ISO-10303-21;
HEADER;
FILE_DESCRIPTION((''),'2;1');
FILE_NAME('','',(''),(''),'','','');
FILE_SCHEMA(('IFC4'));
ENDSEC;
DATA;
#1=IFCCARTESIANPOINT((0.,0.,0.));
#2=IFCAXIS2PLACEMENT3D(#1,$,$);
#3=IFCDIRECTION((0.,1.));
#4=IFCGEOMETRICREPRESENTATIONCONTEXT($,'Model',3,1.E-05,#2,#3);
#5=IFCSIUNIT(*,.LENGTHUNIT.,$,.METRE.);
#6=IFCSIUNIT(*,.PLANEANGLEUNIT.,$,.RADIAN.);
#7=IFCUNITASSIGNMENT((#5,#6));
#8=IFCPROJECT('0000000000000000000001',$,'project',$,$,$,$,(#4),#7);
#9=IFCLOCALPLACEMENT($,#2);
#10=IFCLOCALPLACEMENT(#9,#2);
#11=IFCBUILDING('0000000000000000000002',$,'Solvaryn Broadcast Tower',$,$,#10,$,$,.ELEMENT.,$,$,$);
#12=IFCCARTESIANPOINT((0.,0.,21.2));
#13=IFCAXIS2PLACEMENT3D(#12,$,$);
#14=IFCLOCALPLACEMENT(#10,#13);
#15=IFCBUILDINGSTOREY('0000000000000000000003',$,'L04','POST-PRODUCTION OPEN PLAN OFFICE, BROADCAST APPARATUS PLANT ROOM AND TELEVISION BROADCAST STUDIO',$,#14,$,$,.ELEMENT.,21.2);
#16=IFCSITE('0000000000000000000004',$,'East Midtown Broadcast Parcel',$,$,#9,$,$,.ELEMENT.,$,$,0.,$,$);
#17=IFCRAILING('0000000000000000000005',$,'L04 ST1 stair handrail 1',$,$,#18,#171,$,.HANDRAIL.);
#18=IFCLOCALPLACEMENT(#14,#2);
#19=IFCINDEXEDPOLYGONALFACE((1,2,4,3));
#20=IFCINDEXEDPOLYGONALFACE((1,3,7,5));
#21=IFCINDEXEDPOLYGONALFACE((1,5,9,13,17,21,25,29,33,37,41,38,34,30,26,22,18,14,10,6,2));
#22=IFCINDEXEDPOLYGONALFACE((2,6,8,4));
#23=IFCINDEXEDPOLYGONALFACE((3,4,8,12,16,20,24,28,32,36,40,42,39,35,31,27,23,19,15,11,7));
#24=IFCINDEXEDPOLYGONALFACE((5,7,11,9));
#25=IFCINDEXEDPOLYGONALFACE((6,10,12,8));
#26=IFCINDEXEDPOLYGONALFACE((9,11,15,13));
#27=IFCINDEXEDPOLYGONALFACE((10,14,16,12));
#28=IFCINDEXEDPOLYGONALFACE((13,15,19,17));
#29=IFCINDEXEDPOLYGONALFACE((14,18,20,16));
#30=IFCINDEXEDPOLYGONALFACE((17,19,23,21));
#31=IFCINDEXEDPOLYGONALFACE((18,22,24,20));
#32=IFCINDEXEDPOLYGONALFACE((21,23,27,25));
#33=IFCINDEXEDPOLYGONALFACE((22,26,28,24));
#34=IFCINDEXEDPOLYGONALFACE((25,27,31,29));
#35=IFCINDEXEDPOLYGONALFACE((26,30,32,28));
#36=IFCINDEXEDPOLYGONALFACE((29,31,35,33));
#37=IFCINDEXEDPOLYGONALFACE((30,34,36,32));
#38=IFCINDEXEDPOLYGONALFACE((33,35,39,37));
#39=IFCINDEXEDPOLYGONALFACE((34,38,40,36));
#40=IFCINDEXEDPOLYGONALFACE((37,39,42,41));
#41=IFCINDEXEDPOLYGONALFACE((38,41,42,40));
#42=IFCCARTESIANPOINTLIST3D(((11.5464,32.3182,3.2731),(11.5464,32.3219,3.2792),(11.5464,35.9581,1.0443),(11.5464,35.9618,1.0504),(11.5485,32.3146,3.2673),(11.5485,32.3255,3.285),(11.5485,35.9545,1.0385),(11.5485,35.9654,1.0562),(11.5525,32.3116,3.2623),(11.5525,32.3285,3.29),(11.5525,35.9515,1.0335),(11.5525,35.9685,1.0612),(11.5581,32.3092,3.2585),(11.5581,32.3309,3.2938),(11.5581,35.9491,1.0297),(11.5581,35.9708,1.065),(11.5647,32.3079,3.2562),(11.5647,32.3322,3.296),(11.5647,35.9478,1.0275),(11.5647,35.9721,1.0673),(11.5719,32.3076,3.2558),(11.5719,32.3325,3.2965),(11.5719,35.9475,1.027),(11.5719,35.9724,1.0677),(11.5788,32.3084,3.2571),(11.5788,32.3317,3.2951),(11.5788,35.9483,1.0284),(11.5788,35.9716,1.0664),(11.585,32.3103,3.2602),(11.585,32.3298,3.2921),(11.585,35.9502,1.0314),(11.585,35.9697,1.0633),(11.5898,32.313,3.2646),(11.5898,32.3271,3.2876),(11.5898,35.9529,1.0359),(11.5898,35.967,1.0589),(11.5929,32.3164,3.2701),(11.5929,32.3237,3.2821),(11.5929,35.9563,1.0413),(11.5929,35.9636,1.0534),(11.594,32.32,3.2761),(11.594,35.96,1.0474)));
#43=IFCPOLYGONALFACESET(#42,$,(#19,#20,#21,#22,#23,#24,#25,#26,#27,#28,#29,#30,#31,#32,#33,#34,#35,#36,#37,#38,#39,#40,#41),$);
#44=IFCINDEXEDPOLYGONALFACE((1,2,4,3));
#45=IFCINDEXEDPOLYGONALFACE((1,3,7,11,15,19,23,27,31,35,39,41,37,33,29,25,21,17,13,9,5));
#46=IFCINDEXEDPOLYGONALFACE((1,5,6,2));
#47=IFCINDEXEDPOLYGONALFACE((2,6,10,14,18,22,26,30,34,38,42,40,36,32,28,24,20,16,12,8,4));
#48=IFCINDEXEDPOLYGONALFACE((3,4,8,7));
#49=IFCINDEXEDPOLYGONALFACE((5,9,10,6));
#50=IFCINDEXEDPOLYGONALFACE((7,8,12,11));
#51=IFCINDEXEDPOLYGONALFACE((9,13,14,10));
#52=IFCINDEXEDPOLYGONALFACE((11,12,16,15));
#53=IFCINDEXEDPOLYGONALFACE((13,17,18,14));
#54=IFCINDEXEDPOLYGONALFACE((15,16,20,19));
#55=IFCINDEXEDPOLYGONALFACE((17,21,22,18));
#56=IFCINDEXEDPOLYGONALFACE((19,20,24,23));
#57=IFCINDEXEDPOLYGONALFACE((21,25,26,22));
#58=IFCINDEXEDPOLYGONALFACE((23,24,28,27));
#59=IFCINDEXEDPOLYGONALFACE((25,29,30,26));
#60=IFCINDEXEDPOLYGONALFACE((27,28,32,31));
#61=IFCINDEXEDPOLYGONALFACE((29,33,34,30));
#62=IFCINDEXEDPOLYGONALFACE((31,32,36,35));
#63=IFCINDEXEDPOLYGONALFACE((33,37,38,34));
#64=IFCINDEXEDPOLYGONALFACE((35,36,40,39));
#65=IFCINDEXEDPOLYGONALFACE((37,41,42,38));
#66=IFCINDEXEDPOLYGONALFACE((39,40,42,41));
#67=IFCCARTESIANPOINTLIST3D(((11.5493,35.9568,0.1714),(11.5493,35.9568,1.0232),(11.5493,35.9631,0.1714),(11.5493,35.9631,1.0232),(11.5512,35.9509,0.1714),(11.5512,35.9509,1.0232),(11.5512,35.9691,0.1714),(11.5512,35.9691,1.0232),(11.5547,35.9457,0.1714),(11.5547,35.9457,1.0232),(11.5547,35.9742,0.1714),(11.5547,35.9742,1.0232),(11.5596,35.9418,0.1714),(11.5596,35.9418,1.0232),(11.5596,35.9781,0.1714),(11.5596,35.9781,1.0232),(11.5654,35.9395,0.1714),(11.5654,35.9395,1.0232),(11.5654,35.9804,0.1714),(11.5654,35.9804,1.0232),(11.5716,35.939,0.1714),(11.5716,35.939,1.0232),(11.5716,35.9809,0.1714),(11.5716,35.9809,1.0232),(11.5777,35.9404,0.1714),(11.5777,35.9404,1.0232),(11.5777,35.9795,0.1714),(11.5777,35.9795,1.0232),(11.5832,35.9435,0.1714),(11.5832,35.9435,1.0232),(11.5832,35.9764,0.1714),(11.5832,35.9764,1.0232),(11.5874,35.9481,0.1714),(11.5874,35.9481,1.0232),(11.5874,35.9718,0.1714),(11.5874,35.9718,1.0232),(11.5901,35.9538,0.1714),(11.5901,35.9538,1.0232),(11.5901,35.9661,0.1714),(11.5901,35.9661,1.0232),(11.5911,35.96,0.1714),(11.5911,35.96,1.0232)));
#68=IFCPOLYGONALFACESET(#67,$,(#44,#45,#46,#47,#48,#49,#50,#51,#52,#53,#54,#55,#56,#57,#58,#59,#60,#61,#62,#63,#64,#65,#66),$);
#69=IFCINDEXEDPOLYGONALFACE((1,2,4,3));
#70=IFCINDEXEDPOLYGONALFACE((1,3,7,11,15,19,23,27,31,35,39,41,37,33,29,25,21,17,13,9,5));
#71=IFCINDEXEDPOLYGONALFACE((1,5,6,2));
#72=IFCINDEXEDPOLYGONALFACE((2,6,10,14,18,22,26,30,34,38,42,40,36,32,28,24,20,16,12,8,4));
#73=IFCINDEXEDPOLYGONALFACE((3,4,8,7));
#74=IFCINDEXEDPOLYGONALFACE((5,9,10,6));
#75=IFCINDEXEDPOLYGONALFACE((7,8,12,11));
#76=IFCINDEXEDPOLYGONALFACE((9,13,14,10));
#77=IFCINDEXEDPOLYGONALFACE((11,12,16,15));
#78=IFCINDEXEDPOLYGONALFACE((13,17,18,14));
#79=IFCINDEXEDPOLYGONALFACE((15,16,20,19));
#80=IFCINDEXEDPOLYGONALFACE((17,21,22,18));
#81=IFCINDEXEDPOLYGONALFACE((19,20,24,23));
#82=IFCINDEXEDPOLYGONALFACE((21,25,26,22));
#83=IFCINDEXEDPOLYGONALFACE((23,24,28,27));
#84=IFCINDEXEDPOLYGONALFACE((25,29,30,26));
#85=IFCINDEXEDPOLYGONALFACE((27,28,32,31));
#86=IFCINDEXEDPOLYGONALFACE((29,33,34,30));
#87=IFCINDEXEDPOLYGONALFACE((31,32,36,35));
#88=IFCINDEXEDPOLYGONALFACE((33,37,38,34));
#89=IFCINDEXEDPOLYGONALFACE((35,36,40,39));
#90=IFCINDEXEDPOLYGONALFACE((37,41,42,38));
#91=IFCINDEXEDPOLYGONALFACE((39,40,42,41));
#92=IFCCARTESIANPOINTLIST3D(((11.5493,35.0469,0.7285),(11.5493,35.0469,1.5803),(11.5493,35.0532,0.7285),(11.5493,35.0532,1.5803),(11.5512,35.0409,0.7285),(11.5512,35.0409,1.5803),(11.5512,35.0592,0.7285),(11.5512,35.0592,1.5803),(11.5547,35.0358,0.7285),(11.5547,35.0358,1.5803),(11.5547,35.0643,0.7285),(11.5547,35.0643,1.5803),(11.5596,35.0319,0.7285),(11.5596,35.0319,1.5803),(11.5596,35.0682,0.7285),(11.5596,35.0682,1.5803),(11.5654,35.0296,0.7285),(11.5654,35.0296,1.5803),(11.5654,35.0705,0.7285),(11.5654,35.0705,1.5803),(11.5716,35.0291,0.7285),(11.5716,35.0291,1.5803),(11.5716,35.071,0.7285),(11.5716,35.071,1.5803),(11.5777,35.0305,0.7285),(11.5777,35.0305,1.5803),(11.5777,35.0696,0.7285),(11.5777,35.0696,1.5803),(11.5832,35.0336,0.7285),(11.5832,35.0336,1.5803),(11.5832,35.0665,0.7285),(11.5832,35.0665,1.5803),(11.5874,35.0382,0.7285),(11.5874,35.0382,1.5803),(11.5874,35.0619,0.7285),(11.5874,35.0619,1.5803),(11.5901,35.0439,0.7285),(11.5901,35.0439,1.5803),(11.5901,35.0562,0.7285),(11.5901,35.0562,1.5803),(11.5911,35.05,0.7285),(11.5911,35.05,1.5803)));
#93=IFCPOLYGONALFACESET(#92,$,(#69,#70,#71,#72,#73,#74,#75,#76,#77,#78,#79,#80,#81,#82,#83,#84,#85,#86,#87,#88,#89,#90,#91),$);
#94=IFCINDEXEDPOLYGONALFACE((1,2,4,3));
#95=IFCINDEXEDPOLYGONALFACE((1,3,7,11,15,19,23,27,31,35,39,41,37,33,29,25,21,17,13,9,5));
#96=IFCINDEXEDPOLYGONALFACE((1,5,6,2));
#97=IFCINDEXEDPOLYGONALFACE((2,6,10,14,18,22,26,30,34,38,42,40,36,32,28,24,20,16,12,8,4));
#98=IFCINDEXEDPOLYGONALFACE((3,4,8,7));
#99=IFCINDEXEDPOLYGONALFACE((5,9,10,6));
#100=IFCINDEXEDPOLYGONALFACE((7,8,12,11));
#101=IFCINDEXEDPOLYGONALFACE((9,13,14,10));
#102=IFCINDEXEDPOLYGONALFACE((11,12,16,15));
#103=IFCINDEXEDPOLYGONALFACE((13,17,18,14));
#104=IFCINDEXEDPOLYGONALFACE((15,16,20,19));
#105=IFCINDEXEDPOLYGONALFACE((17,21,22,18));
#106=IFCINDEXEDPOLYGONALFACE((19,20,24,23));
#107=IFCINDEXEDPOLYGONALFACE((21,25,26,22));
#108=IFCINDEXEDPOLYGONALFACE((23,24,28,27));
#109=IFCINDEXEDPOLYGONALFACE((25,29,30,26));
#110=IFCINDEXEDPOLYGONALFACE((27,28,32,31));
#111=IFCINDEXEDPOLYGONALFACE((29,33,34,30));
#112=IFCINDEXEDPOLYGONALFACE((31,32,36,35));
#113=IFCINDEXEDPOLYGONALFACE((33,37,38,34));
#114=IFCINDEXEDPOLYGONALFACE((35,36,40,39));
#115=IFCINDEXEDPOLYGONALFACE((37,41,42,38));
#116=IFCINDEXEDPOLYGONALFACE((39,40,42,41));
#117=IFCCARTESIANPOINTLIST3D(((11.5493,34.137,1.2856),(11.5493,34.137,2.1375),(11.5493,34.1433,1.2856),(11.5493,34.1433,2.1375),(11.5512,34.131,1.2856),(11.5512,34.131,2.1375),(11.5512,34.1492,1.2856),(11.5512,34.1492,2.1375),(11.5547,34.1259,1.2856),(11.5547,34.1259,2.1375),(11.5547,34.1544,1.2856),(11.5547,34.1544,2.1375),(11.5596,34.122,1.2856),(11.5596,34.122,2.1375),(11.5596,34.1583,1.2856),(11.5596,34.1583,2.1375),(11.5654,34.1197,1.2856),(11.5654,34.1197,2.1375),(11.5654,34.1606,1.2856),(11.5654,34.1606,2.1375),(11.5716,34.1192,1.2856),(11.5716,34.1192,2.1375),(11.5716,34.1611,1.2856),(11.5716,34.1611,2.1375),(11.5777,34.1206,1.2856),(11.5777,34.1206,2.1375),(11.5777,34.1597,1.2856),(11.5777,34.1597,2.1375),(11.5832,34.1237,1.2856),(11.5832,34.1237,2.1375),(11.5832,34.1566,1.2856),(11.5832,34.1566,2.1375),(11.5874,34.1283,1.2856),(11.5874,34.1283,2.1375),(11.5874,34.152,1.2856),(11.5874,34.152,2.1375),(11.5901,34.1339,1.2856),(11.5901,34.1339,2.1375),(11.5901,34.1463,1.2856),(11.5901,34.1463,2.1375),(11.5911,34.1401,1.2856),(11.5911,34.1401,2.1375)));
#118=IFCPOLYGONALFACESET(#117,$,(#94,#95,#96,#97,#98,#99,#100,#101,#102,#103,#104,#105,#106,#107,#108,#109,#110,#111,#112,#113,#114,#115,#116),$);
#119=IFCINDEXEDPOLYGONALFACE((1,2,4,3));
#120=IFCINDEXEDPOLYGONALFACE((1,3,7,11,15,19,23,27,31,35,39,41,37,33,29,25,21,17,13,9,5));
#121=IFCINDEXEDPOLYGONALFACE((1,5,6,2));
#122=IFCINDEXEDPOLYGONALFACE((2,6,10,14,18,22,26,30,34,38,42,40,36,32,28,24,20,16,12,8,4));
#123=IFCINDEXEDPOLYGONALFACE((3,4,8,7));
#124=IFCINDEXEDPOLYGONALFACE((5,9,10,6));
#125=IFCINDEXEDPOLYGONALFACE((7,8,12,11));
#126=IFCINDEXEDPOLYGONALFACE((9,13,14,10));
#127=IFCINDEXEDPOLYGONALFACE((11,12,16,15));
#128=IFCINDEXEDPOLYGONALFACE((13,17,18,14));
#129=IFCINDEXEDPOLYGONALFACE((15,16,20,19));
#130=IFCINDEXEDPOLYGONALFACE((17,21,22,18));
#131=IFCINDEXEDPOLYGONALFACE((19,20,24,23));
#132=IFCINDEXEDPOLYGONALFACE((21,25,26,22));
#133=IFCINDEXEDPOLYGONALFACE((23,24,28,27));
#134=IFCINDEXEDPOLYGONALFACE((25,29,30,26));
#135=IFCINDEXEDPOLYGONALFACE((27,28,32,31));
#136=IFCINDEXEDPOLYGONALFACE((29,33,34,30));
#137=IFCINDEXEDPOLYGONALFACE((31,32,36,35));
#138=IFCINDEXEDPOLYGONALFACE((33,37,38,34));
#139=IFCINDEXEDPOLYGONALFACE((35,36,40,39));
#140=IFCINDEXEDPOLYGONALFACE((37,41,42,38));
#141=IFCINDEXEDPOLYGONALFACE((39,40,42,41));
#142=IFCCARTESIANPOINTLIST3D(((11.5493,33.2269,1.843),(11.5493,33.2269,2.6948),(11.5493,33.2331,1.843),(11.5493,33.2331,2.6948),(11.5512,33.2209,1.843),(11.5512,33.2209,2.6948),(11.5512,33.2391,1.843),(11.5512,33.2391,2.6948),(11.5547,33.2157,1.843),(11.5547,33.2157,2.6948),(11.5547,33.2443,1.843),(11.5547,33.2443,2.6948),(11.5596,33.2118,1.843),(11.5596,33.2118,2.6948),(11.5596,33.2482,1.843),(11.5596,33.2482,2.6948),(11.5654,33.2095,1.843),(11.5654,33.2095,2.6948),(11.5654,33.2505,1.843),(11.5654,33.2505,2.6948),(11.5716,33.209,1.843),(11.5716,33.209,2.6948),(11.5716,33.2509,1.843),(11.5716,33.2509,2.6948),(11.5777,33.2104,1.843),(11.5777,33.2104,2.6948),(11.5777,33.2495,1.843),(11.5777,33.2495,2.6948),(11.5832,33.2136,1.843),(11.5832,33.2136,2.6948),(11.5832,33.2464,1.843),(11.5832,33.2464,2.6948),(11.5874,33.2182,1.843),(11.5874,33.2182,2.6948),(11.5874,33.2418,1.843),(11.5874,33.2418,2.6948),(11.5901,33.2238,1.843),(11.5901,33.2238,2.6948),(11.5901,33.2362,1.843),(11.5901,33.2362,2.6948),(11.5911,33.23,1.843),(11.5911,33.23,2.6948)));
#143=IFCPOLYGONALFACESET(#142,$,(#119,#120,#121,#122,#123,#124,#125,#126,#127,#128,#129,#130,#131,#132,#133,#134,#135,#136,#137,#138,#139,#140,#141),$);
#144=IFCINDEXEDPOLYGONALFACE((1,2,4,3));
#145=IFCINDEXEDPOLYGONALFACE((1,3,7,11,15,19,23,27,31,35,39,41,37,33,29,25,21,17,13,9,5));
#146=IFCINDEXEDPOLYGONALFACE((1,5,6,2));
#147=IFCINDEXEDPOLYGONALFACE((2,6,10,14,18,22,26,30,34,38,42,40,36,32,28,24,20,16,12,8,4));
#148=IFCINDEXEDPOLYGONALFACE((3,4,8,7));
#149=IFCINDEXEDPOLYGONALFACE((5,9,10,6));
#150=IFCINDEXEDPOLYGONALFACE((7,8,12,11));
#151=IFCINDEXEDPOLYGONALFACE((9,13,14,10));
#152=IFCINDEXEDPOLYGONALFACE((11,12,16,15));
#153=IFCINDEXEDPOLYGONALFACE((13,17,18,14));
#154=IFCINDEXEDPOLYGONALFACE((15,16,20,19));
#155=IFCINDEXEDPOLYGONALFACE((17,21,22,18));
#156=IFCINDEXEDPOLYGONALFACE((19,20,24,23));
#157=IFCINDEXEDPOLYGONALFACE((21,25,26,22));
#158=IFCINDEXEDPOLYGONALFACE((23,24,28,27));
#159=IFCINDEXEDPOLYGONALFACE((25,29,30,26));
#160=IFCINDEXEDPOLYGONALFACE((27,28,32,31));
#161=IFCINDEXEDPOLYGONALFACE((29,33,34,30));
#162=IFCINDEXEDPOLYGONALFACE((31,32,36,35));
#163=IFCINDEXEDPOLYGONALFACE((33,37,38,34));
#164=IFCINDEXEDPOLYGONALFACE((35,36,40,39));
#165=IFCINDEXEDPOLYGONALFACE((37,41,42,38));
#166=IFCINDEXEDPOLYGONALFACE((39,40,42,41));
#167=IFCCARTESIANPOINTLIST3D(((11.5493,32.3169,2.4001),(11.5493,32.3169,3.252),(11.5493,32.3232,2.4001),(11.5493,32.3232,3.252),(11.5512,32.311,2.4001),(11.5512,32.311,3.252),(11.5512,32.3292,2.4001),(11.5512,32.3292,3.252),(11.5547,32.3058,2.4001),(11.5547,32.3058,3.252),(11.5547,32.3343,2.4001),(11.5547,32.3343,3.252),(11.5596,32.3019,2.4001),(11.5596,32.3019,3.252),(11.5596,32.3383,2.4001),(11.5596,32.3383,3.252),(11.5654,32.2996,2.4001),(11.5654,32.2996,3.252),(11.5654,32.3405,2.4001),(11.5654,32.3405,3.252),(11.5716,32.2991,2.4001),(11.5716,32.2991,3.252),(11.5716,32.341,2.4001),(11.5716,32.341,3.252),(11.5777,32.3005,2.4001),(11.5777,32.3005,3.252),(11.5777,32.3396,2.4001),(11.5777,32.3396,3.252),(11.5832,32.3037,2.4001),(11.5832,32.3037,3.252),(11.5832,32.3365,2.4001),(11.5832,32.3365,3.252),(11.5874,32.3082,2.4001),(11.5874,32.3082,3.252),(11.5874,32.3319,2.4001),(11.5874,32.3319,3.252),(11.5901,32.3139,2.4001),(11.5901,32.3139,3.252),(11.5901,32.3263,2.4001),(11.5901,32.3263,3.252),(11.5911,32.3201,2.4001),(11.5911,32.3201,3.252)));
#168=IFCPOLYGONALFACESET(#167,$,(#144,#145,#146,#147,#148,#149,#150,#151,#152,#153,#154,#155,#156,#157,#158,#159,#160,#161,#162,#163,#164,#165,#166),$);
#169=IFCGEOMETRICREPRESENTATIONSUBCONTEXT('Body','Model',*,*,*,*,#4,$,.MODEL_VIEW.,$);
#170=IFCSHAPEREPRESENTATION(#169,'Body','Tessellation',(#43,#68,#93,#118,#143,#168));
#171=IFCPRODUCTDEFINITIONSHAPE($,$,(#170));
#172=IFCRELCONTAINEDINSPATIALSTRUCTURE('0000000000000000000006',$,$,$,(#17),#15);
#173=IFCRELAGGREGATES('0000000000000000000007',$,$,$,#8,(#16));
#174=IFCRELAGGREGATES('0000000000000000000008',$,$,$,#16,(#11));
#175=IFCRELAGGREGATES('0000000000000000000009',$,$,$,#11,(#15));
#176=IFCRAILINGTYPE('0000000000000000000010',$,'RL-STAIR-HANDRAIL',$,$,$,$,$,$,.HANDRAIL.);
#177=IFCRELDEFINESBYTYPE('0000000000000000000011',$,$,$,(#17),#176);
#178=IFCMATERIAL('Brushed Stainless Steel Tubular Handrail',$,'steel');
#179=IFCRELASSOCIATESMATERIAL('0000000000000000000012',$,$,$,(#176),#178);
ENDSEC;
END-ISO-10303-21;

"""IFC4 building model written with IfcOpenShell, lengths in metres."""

from ifc_helpers import new_model, si_unit, direction, frame, origin, origin_2d, place, context, subcontext, project, spatial, circle, extrude, material, type_object, element, save


model = new_model("IFC4")

# Units and contexts
model_context = context("Model", 3, precision=1e-05, world=origin(), true_north=direction((0.0, 1.0)))
body_context = subcontext(model_context, "Body", "Model", "MODEL_VIEW")
ifc_project = project(units=[si_unit("LENGTHUNIT", "METRE"), si_unit("PLANEANGLEUNIT", "RADIAN")], contexts=[model_context])

# Site, building, storey
site_placement = place(None, origin())
site = spatial("IfcSite", under=ifc_project, at=site_placement, Name="East Midtown Broadcast Parcel", CompositionType="ELEMENT", RefElevation=0.0)
building_placement = place(site_placement, origin())
building = spatial("IfcBuilding", under=site, at=building_placement, Name="Solvaryn Broadcast Tower", CompositionType="ELEMENT")
storey_placement = place(building_placement, frame((0.0, 0.0, 21.2)))
storey = spatial("IfcBuildingStorey", under=building, at=storey_placement, Name="L04", Description="POST-PRODUCTION OPEN PLAN OFFICE, BROADCAST APPARATUS PLANT ROOM AND TELEVISION BROADCAST STUDIO", CompositionType="ELEMENT", Elevation=21.2)

# Railing
ifc_material_1 = material(Name="Brushed Stainless Steel Tubular Handrail", Category="steel")
railing_type_1 = type_object("IfcRailingType", Name="RL-STAIR-HANDRAIL", PredefinedType="HANDRAIL", material=ifc_material_1)
railing_1_placement = place(storey_placement, frame((11.5701, 35.96, 0.1714)))
element("IfcRailing", 1, at=railing_1_placement, inside=storey, type_object=railing_type_1, Name="L04 ST1 stair handrail 1", PredefinedType="HANDRAIL", context=body_context, shape_type="SweptSolid", body=[
    extrude(circle(Radius=0.0239, at=origin_2d()), frame((0.0, 0.0, 0.876), z_axis=(0.0, -0.852825, 0.522197), x_axis=(1.0, 0.0, 0.0)), (0.0, 0.0, 1.0), 4.2681),
    extrude(circle(Radius=0.021, at=origin_2d()), origin(), (0.0, 0.0, 1.0), 0.8518),
    extrude(circle(Radius=0.021, at=origin_2d()), frame((0.0, -0.9099, 0.5571)), (0.0, 0.0, 1.0), 0.8518),
    extrude(circle(Radius=0.021, at=origin_2d()), frame((0.0, -1.8198, 1.1143)), (0.0, 0.0, 1.0), 0.8518),
    extrude(circle(Radius=0.021, at=origin_2d()), frame((0.0, -2.73, 1.6716)), (0.0, 0.0, 1.0), 0.8518),
    extrude(circle(Radius=0.021, at=origin_2d()), frame((0.0, -3.6399, 2.2288)), (0.0, 0.0, 1.0), 0.8518),
])

save(model, "model.ifc")
